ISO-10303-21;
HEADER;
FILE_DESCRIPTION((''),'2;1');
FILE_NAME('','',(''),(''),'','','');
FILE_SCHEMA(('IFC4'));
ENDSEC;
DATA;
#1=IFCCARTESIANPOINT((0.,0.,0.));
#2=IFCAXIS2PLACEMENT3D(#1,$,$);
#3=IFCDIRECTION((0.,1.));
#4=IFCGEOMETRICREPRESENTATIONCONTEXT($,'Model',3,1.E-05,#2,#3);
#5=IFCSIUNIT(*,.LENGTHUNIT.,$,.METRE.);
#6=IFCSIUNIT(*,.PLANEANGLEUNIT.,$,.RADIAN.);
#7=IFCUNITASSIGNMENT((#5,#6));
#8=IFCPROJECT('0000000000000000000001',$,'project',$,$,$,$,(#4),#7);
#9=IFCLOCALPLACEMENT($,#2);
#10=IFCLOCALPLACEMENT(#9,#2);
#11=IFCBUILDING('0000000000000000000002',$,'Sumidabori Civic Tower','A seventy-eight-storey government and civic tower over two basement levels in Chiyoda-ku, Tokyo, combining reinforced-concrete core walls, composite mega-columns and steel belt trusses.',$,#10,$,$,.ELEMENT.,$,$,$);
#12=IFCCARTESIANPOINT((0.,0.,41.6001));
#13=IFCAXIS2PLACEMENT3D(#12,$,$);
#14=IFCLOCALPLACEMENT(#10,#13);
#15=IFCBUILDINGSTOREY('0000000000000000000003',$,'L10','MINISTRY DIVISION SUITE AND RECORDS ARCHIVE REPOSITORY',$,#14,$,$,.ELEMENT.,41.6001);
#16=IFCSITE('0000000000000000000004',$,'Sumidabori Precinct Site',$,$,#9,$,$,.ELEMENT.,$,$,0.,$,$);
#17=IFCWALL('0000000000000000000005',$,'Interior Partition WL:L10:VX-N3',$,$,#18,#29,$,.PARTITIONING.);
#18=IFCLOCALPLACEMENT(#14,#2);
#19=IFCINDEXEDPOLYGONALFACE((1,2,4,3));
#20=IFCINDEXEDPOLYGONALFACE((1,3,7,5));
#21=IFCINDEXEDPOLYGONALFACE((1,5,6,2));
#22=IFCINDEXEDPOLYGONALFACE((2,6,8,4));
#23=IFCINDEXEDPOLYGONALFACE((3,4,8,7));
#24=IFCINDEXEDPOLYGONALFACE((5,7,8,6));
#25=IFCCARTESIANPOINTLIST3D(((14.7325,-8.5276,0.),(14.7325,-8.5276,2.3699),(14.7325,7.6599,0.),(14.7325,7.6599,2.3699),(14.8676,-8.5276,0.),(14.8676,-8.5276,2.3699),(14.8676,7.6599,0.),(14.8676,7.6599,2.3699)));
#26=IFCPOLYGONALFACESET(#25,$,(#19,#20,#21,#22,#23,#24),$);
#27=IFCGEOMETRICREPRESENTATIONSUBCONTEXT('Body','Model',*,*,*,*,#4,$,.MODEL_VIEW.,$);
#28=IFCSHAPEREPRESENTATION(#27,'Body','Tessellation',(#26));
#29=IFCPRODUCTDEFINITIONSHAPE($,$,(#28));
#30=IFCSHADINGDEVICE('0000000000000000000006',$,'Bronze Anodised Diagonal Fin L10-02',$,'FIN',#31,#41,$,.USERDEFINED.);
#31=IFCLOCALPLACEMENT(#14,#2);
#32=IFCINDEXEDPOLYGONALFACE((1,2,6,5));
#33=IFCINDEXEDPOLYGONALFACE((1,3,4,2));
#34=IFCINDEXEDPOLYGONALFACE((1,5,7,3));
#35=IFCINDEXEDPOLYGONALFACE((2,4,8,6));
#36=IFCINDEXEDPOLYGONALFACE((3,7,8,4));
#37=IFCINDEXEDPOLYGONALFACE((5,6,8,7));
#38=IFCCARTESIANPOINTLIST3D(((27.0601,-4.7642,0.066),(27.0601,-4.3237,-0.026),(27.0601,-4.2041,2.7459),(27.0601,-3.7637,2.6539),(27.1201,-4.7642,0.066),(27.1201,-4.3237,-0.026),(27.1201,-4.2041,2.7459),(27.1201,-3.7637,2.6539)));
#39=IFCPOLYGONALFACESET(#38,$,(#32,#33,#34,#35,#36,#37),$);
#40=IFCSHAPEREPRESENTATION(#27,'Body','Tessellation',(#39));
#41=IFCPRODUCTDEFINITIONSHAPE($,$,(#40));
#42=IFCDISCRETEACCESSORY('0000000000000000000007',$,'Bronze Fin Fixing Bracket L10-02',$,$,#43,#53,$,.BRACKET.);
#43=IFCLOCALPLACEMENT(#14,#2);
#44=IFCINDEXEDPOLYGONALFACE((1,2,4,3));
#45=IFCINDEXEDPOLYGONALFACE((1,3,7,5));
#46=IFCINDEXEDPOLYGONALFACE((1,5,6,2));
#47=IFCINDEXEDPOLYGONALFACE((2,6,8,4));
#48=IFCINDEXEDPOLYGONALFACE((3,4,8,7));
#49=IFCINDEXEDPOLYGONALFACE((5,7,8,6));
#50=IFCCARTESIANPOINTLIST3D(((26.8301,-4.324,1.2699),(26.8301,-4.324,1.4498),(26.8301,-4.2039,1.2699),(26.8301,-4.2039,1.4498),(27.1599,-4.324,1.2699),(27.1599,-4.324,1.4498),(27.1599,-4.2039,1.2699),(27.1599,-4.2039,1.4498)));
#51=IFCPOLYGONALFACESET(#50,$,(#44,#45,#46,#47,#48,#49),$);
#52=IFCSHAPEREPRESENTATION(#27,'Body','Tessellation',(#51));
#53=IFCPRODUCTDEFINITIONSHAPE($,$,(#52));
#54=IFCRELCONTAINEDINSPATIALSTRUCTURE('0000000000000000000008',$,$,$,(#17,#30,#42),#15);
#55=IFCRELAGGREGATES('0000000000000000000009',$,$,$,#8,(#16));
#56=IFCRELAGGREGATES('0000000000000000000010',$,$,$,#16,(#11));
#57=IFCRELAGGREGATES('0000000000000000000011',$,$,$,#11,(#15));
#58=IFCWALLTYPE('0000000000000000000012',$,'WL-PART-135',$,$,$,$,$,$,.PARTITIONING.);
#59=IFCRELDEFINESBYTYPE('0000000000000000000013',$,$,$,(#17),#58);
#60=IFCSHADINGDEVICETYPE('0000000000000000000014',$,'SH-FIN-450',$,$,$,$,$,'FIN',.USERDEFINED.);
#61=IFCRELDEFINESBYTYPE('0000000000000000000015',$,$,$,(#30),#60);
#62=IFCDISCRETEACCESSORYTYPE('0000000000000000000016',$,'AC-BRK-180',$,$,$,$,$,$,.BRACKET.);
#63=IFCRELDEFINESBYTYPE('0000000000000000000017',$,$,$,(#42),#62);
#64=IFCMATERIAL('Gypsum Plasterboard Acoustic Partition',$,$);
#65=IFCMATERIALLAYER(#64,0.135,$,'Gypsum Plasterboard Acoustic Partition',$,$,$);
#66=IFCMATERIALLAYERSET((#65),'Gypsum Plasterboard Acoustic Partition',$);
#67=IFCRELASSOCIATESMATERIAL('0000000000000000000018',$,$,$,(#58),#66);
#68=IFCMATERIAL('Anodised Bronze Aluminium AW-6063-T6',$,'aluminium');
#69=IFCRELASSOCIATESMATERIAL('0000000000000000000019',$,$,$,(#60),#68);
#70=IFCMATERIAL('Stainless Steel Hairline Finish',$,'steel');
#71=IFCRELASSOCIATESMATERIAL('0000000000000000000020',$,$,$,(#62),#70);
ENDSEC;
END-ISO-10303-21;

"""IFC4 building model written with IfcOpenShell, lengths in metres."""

from ifc_helpers import new_model, si_unit, direction, frame, frame_2d, origin, origin_2d, place, context, subcontext, project, spatial, rectangle, extrude, source, transform, mapped, material, layer, layer_set, material_profile, profile_set, type_object, element, save


model = new_model("IFC4")

# Units and contexts
model_context = context("Model", 3, precision=1e-05, world=origin(), true_north=direction((0.0, 1.0)))
body_context = subcontext(model_context, "Body", "Model", "MODEL_VIEW")
ifc_project = project(units=[si_unit("LENGTHUNIT", "METRE"), si_unit("PLANEANGLEUNIT", "RADIAN")], contexts=[model_context])

# Site, building, storey
site_placement = place(None, origin())
site = spatial("IfcSite", under=ifc_project, at=site_placement, Name="Sumidabori Precinct Site", CompositionType="ELEMENT", RefElevation=0.0)
building_placement = place(site_placement, origin())
building = spatial("IfcBuilding", under=site, at=building_placement, Name="Sumidabori Civic Tower", Description="A seventy-eight-storey government and civic tower over two basement levels in Chiyoda-ku, Tokyo, combining reinforced-concrete core walls, composite mega-columns and steel belt trusses.", CompositionType="ELEMENT")
storey_placement = place(building_placement, frame((0.0, 0.0, 41.6001)))
storey = spatial("IfcBuildingStorey", under=building, at=storey_placement, Name="L10", Description="MINISTRY DIVISION SUITE AND RECORDS ARCHIVE REPOSITORY", CompositionType="ELEMENT", Elevation=41.6001)

# Shared definitions
ifc_material_1 = material(Name="Anodised Bronze Aluminium AW-6063-T6", Category="aluminium")

# Shared definitions
ifc_material_2 = material(Name="Gypsum Plasterboard Acoustic Partition")
ifc_layer_1 = layer(ifc_material_2, 0.135, Name="Gypsum Plasterboard Acoustic Partition")
ifc_layer_set_1 = layer_set([ifc_layer_1], Name="Gypsum Plasterboard Acoustic Partition")
wall_type = type_object("IfcWallType", Name="WL-PART-135", PredefinedType="PARTITIONING", material=ifc_layer_set_1)

# Wall
shared_shape_1 = source(origin(), body_context, "Body", "SweptSolid", [
    extrude(rectangle(XDim=16.1875, YDim=0.135, at=frame_2d((8.0938, 0.0))), origin(), (0.0, 0.0, 1.0), 2.3699),
])
wall_1_placement = place(storey_placement, frame((14.8, -8.5276, 0.0), z_axis=(0.0, 0.0, 1.0), x_axis=(0.0, 1.0, 0.0)))
element("IfcWall", 1, at=wall_1_placement, inside=storey, type_object=wall_type, Name="Interior Partition WL:L10:VX-N3", PredefinedType="PARTITIONING", context=body_context, shape_type="MappedRepresentation", body=[
    mapped(shared_shape_1, transform((0.0, 0.0, 0.0), x_axis=(1.0, 0.0, 0.0), y_axis=(0.0, 1.0, 0.0), z_axis=(0.0, 0.0, 1.0), scale=1.0)),
])

# Shading device
ifc_material_profile_1 = material_profile(ifc_material_1, rectangle(XDim=0.0601, YDim=0.45, at=origin_2d()), Name="BRONZE FIN 450x60")
ifc_profile_set_1 = profile_set([ifc_material_profile_1], Name="Anodised Bronze Aluminium AW-6063-T6")
shading_device_type = type_object("IfcShadingDeviceType", Name="SH-FIN-450", ElementType="FIN", PredefinedType="USERDEFINED", material=ifc_profile_set_1)
shared_shape_2 = source(origin(), body_context, "Body", "SweptSolid", [
    extrude(rectangle(XDim=0.0601, YDim=0.45, at=origin_2d()), origin(), (0.0, 0.0, 1.0), 2.7378),
])
shading_device_placement = place(storey_placement, frame((27.0901, -4.5439, 0.02), z_axis=(0.0, 0.204563, 0.978853), x_axis=(-1.0, 0.0, 0.0)))
element("IfcShadingDevice", 2, at=shading_device_placement, inside=storey, type_object=shading_device_type, Name="Bronze Anodised Diagonal Fin L10-02", ObjectType="FIN", PredefinedType="USERDEFINED", context=body_context, shape_type="MappedRepresentation", body=[
    mapped(shared_shape_2, transform((0.0, 0.0, 0.0), x_axis=(1.0, 0.0, 0.0), y_axis=(0.0, 1.0, 0.0), z_axis=(0.0, 0.0, 1.0), scale=1.0)),
])

# Discrete accessory
ifc_material_3 = material(Name="Stainless Steel Hairline Finish", Category="steel")
ifc_material_profile_2 = material_profile(ifc_material_3, rectangle(XDim=0.1201, YDim=0.1799, at=origin_2d()), Name="STEEL BRACKET 180x120")
ifc_profile_set_2 = profile_set([ifc_material_profile_2], Name="Stainless Steel Hairline Finish")
discrete_accessory_type = type_object("IfcDiscreteAccessoryType", Name="AC-BRK-180", PredefinedType="BRACKET", material=ifc_profile_set_2)
shared_shape_3 = source(origin(), body_context, "Body", "SweptSolid", [
    extrude(rectangle(XDim=0.1201, YDim=0.1799, at=origin_2d()), origin(), (0.0, 0.0, 1.0), 0.3298),
])
discrete_accessory_placement = place(storey_placement, frame((26.8301, -4.2639, 1.3599), z_axis=(1.0, 0.0, 0.0), x_axis=(0.0, 1.0, 0.0)))
element("IfcDiscreteAccessory", 3, at=discrete_accessory_placement, inside=storey, type_object=discrete_accessory_type, Name="Bronze Fin Fixing Bracket L10-02", PredefinedType="BRACKET", context=body_context, shape_type="MappedRepresentation", body=[
    mapped(shared_shape_3, transform((0.0, 0.0, 0.0), x_axis=(1.0, 0.0, 0.0), y_axis=(0.0, 1.0, 0.0), z_axis=(0.0, 0.0, 1.0), scale=1.0)),
])

save(model, "model.ifc")
